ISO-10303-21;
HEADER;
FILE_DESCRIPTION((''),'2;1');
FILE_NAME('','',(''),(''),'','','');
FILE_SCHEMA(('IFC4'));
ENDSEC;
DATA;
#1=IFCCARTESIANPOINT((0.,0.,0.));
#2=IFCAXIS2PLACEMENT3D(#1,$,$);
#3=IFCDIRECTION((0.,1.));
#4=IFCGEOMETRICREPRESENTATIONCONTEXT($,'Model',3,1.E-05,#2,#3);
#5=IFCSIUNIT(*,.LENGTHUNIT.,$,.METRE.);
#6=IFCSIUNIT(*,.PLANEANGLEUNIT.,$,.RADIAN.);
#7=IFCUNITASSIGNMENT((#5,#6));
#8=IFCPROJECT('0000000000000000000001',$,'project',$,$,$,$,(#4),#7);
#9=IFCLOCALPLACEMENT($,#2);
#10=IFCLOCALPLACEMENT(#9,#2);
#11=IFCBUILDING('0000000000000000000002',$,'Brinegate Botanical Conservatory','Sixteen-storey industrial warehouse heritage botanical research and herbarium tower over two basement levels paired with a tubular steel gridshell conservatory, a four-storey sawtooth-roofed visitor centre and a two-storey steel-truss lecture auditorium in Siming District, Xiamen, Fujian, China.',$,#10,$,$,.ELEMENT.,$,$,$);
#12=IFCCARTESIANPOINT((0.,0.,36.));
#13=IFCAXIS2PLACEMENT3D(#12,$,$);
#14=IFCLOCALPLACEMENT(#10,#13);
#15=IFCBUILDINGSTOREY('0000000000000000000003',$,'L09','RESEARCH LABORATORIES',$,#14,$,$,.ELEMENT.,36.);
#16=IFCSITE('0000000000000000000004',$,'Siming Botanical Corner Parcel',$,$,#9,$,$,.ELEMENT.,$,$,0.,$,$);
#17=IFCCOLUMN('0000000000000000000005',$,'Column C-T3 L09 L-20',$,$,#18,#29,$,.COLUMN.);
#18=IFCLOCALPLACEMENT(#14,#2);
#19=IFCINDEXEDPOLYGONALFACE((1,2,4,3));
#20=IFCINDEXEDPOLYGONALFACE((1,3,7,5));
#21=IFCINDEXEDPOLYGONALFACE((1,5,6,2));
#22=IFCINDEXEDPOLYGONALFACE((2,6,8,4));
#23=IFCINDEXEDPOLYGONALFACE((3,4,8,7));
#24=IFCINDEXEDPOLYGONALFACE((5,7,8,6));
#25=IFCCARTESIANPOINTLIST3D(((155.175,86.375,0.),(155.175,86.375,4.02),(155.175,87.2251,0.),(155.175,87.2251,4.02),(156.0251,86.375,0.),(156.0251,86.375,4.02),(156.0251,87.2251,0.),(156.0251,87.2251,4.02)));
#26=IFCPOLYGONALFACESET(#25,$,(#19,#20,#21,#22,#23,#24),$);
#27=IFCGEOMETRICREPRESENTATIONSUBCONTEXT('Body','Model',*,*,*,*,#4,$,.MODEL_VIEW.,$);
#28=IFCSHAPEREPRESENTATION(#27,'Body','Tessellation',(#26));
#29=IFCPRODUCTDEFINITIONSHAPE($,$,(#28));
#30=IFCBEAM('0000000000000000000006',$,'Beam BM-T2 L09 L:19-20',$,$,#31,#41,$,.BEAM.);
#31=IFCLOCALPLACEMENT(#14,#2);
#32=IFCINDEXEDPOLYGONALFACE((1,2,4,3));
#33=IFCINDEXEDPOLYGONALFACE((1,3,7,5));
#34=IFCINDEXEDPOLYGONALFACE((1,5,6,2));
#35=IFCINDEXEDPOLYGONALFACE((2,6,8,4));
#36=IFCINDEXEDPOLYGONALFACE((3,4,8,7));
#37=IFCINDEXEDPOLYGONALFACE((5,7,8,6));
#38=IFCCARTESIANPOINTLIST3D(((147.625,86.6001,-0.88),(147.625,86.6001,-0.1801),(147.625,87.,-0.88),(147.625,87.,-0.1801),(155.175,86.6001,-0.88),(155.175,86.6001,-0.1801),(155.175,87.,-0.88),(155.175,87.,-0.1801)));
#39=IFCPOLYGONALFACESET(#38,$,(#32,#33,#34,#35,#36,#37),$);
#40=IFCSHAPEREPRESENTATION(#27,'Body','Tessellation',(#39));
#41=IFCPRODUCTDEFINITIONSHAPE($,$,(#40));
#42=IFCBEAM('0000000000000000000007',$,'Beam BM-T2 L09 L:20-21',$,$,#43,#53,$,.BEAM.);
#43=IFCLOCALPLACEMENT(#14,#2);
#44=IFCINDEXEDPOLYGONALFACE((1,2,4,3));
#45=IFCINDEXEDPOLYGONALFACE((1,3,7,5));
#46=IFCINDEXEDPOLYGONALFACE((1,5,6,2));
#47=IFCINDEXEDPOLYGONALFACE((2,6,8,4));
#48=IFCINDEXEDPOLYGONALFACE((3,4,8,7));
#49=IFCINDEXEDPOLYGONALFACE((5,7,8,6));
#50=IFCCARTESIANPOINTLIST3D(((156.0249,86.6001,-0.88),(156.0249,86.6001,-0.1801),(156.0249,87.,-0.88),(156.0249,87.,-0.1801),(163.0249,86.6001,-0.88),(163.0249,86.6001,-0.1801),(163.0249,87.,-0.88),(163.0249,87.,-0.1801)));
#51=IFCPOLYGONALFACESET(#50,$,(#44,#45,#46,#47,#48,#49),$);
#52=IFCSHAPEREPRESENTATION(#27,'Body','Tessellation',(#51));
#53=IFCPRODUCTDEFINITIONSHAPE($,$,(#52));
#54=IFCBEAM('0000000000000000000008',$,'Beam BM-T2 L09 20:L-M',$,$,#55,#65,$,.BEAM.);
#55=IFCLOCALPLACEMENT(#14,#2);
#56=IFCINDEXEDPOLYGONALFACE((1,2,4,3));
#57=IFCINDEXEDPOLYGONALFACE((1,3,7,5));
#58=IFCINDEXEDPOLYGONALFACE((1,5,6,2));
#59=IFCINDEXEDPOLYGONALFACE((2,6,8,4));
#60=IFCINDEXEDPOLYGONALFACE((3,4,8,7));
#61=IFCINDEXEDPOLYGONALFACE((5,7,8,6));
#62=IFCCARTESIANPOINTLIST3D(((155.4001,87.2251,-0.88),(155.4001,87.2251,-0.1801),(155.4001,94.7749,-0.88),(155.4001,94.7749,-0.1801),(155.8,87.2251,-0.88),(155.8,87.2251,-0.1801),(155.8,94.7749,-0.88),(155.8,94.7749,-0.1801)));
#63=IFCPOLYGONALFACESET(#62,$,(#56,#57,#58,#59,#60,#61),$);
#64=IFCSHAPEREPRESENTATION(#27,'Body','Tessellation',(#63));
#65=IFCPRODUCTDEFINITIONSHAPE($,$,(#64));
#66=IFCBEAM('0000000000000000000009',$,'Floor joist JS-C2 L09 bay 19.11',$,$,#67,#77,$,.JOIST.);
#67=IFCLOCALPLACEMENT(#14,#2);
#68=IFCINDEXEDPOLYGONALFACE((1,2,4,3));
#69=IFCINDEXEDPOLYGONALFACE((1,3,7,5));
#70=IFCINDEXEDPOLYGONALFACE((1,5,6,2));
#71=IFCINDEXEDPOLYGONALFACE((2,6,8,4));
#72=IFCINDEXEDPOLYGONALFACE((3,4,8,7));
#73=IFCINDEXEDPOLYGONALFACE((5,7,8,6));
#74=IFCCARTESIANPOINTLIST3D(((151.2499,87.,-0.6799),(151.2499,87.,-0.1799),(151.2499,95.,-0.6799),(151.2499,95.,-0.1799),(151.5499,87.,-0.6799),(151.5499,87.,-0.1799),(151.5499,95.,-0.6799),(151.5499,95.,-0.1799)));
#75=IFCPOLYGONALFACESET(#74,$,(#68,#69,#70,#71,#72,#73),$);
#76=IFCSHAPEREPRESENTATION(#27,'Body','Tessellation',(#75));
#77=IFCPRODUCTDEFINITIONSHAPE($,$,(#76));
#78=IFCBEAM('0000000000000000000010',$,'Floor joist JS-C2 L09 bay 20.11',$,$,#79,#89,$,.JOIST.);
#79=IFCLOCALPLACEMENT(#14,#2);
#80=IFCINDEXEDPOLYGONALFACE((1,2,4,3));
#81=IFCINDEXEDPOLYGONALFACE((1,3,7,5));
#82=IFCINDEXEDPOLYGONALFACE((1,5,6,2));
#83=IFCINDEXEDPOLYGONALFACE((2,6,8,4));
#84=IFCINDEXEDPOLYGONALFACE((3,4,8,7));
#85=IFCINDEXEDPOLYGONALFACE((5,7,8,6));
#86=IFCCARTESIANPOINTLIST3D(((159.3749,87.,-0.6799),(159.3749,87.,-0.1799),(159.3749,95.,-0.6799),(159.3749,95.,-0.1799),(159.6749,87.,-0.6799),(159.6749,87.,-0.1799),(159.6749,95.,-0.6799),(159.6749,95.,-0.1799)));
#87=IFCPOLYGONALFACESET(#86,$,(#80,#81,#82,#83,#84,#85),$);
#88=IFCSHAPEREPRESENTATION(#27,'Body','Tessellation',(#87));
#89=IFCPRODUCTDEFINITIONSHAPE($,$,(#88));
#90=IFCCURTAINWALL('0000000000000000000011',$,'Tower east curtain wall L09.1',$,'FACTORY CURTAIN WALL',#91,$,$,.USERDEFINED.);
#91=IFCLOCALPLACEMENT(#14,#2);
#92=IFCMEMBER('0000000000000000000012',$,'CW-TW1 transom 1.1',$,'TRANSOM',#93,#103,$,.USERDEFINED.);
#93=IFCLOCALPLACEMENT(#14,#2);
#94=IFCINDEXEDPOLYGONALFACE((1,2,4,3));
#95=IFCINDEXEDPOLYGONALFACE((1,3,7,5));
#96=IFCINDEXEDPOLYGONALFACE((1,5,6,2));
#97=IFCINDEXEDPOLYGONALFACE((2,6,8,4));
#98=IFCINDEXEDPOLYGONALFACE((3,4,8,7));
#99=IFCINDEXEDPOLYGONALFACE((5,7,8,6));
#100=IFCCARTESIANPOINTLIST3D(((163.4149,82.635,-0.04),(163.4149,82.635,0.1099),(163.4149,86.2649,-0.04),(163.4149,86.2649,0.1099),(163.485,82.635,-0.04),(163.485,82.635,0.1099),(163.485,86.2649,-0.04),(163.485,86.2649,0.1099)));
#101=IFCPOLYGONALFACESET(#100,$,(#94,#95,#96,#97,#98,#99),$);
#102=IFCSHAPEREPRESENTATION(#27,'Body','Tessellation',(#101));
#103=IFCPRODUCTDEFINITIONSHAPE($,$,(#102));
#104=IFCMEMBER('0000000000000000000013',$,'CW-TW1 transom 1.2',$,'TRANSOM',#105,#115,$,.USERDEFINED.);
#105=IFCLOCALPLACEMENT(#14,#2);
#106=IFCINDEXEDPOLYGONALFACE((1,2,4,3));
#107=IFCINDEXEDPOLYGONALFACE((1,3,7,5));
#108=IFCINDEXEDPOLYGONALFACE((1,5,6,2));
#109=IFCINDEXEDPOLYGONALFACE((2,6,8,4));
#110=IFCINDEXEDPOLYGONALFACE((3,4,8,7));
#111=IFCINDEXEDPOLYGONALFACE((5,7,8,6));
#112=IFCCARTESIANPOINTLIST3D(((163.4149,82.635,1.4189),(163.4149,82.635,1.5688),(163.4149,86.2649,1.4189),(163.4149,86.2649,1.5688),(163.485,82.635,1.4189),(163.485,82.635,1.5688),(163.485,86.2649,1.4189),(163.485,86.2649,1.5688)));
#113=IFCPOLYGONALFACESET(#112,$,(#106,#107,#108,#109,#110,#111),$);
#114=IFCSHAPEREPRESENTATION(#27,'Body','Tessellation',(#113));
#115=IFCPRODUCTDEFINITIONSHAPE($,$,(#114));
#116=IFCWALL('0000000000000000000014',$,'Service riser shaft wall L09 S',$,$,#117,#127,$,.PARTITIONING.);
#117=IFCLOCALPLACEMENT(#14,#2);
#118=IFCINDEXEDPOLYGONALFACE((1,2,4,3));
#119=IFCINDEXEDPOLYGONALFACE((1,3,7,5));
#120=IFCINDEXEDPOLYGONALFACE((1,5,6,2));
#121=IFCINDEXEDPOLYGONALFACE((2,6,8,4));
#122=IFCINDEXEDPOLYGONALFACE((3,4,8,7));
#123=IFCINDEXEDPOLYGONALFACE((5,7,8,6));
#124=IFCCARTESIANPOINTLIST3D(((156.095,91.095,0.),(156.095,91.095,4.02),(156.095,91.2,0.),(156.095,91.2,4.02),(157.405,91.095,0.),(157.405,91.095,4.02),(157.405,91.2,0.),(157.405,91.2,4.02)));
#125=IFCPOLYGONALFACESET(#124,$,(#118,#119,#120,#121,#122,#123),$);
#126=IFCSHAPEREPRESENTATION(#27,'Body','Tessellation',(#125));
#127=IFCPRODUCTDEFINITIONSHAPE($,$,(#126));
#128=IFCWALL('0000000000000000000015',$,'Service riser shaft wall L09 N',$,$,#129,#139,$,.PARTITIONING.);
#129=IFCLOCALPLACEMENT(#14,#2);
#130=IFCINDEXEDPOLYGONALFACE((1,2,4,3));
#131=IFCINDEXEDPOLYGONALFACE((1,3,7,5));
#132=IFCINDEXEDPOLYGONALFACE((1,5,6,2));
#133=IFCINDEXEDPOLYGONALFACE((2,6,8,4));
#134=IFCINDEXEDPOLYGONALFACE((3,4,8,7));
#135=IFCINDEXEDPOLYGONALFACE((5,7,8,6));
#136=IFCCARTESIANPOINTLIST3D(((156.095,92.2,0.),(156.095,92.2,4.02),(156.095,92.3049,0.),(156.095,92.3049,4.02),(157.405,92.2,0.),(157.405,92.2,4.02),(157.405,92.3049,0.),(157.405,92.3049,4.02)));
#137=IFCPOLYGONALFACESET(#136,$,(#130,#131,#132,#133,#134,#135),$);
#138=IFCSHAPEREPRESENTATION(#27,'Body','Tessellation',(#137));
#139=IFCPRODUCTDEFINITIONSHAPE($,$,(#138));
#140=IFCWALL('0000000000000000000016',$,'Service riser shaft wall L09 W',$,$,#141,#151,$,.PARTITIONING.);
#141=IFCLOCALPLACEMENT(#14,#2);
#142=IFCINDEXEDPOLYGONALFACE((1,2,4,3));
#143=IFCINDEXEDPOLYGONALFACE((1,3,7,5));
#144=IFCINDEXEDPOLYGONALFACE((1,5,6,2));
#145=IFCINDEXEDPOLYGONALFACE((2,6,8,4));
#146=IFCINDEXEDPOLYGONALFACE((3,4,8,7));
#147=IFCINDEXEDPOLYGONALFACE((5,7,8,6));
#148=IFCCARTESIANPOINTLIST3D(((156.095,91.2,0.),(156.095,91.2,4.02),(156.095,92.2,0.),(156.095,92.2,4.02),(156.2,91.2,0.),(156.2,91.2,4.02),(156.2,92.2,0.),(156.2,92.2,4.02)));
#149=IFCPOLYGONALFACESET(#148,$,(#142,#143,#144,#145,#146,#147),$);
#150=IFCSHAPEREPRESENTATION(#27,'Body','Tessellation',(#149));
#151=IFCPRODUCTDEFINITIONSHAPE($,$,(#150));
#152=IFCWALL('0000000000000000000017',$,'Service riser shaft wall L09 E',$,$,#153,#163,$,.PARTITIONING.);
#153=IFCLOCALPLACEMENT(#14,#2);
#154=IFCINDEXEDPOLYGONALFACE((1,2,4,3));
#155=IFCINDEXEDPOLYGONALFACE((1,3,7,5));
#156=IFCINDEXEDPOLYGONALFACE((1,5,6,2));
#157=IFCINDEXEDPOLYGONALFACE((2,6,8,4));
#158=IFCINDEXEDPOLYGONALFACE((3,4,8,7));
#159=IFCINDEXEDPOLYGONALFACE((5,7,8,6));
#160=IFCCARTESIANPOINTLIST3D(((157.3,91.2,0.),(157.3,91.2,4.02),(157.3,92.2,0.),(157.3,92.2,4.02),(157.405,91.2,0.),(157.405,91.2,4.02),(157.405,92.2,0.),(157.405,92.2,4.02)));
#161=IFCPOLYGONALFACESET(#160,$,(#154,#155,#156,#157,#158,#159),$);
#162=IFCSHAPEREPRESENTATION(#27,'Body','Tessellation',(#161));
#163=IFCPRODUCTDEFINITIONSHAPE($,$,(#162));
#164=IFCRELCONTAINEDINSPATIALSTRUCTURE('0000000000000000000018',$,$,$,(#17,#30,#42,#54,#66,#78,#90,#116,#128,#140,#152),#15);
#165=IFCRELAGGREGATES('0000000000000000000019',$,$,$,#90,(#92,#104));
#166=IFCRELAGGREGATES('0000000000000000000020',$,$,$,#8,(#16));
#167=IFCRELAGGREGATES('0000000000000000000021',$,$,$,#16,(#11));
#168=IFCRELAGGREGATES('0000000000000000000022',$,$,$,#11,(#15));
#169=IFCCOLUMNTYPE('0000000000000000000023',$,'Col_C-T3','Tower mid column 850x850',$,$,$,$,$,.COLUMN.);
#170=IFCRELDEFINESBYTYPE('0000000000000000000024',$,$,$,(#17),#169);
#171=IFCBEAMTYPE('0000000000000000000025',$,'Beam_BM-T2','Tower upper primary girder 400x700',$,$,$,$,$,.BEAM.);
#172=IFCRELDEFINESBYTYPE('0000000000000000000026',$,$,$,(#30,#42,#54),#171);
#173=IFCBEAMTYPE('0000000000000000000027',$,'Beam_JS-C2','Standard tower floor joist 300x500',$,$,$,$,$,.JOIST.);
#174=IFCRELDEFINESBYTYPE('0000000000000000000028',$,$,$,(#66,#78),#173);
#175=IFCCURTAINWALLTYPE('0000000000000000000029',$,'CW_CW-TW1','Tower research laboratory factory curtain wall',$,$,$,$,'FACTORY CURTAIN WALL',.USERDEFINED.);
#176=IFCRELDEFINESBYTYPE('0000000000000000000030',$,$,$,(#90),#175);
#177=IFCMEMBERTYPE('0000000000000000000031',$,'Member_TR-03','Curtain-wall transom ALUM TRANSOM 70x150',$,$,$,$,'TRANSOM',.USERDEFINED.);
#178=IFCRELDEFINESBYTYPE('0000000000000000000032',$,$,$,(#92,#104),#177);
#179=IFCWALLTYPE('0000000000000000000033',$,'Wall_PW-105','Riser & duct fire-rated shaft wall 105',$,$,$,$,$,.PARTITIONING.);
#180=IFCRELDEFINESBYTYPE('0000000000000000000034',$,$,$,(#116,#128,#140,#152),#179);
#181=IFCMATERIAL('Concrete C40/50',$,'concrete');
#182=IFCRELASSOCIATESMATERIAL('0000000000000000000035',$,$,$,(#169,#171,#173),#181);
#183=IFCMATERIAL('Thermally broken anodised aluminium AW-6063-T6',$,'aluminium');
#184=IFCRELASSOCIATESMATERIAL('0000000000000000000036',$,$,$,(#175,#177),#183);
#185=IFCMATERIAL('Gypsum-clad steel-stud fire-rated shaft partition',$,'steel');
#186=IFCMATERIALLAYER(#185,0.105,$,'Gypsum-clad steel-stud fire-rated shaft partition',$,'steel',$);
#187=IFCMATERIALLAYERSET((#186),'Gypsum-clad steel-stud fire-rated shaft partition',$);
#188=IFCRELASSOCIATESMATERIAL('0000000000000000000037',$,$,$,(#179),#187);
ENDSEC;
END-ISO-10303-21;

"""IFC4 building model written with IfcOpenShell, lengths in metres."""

from ifc_helpers import new_model, si_unit, direction, frame, frame_2d, origin, origin_2d, place, context, subcontext, project, spatial, rectangle, extrude, material, layer, layer_set, material_profile, profile_set, type_object, element, aggregate, save


model = new_model("IFC4")

# Units and contexts
model_context = context("Model", 3, precision=1e-05, world=origin(), true_north=direction((0.0, 1.0)))
body_context = subcontext(model_context, "Body", "Model", "MODEL_VIEW")
ifc_project = project(units=[si_unit("LENGTHUNIT", "METRE"), si_unit("PLANEANGLEUNIT", "RADIAN")], contexts=[model_context])

# Site, building, storey
site_placement = place(None, origin())
site = spatial("IfcSite", under=ifc_project, at=site_placement, Name="Siming Botanical Corner Parcel", CompositionType="ELEMENT", RefElevation=0.0)
building_placement = place(site_placement, origin())
building = spatial("IfcBuilding", under=site, at=building_placement, Name="Brinegate Botanical Conservatory", Description="Sixteen-storey industrial warehouse heritage botanical research and herbarium tower over two basement levels paired with a tubular steel gridshell conservatory, a four-storey sawtooth-roofed visitor centre and a two-storey steel-truss lecture auditorium in Siming District, Xiamen, Fujian, China.", CompositionType="ELEMENT")
storey_placement = place(building_placement, frame((0.0, 0.0, 36.0)))
storey = spatial("IfcBuildingStorey", under=building, at=storey_placement, Name="L09", Description="RESEARCH LABORATORIES", CompositionType="ELEMENT", Elevation=36.0)

# Column
ifc_material_1 = material(Name="Concrete C40/50", Category="concrete")
ifc_material_profile_1 = material_profile(ifc_material_1, rectangle(XDim=0.8501, YDim=0.8501, at=origin_2d()), Name="RC COL 850x850")
ifc_profile_set_1 = profile_set([ifc_material_profile_1], Name="Concrete C40/50")
column_type = type_object("IfcColumnType", Name="Col_C-T3", Description="Tower mid column 850x850", PredefinedType="COLUMN", material=ifc_profile_set_1)
column_placement = place(storey_placement, frame((155.6001, 86.8, 0.0), z_axis=(0.0, 0.0, 1.0), x_axis=(1.0, 0.0, 0.0)))
element("IfcColumn", 1, at=column_placement, inside=storey, type_object=column_type, Name="Column C-T3 L09 L-20", PredefinedType="COLUMN", context=body_context, shape_type="SweptSolid", body=[
    extrude(rectangle(XDim=0.8501, YDim=0.8501, at=origin_2d()), origin(), (0.0, 0.0, 1.0), 4.02),
])

# Beams
ifc_material_profile_2 = material_profile(ifc_material_1, rectangle(XDim=0.3999, YDim=0.7, at=origin_2d()), Name="RC BM 400x700")
ifc_profile_set_2 = profile_set([ifc_material_profile_2], Name="Concrete C40/50")
beam_type_1 = type_object("IfcBeamType", Name="Beam_BM-T2", Description="Tower upper primary girder 400x700", PredefinedType="BEAM", material=ifc_profile_set_2)
beam_1_placement = place(storey_placement, frame((147.625, 86.8, -0.53), z_axis=(1.0, 0.0, 0.0), x_axis=(0.0, 1.0, 0.0)))
element("IfcBeam", 2, at=beam_1_placement, inside=storey, type_object=beam_type_1, Name="Beam BM-T2 L09 L:19-20", PredefinedType="BEAM", context=body_context, shape_type="SweptSolid", body=[
    extrude(rectangle(XDim=0.3999, YDim=0.7, at=origin_2d()), origin(), (0.0, 0.0, 1.0), 7.55),
])
beam_2_placement = place(storey_placement, frame((156.0249, 86.8, -0.53), z_axis=(1.0, 0.0, 0.0), x_axis=(0.0, 1.0, 0.0)))
element("IfcBeam", 3, at=beam_2_placement, inside=storey, type_object=beam_type_1, Name="Beam BM-T2 L09 L:20-21", PredefinedType="BEAM", context=body_context, shape_type="SweptSolid", body=[
    extrude(rectangle(XDim=0.3999, YDim=0.7, at=origin_2d()), origin(), (0.0, 0.0, 1.0), 7.0),
])
beam_3_placement = place(storey_placement, frame((155.6001, 87.2251, -0.53), z_axis=(0.0, 1.0, 0.0), x_axis=(-1.0, 0.0, 0.0)))
element("IfcBeam", 4, at=beam_3_placement, inside=storey, type_object=beam_type_1, Name="Beam BM-T2 L09 20:L-M", PredefinedType="BEAM", context=body_context, shape_type="SweptSolid", body=[
    extrude(rectangle(XDim=0.3999, YDim=0.7, at=origin_2d()), origin(), (0.0, 0.0, 1.0), 7.5498),
])
ifc_material_profile_3 = material_profile(ifc_material_1, rectangle(XDim=0.3, YDim=0.5, at=origin_2d()), Name="RC JST 300x500")
ifc_profile_set_3 = profile_set([ifc_material_profile_3], Name="Concrete C40/50")
beam_type_2 = type_object("IfcBeamType", Name="Beam_JS-C2", Description="Standard tower floor joist 300x500", PredefinedType="JOIST", material=ifc_profile_set_3)
for number, where, z_axis, x_axis, name in (
    (5, (151.3999, 87.0, -0.4299), (0.0, 1.0, 0.0), (-1.0, 0.0, 0.0), "Floor joist JS-C2 L09 bay 19.11"),
    (6, (159.5249, 87.0, -0.4299), (0.0, 1.0, 0.0), (-1.0, 0.0, 0.0), "Floor joist JS-C2 L09 bay 20.11"),
):
    element("IfcBeam", number, at=place(storey_placement, frame(where, z_axis=z_axis, x_axis=x_axis)), inside=storey, type_object=beam_type_2, Name=name, PredefinedType="JOIST", context=body_context, shape_type="SweptSolid", body=[
        extrude(rectangle(XDim=0.3, YDim=0.5, at=origin_2d()), origin(), (0.0, 0.0, 1.0), 8.0),
    ])

# Curtain wall, members
ifc_material_2 = material(Name="Thermally broken anodised aluminium AW-6063-T6", Category="aluminium")
curtain_wall_type = type_object("IfcCurtainWallType", Name="CW_CW-TW1", Description="Tower research laboratory factory curtain wall", ElementType="FACTORY CURTAIN WALL", PredefinedType="USERDEFINED", material=ifc_material_2)
curtain_wall_placement = place(storey_placement, origin())
curtain_wall = element("IfcCurtainWall", 7, at=curtain_wall_placement, inside=storey, type_object=curtain_wall_type, Name="Tower east curtain wall L09.1", ObjectType="FACTORY CURTAIN WALL", PredefinedType="USERDEFINED")
ifc_material_profile_4 = material_profile(ifc_material_2, rectangle(XDim=0.0701, YDim=0.1499, at=origin_2d()), Name="ALUM TRANSOM 70x150")
ifc_profile_set_4 = profile_set([ifc_material_profile_4], Name="Thermally broken anodised aluminium AW-6063-T6")
member_type = type_object("IfcMemberType", Name="Member_TR-03", Description="Curtain-wall transom ALUM TRANSOM 70x150", ElementType="TRANSOM", PredefinedType="USERDEFINED", material=ifc_profile_set_4)
member_1_placement = place(storey_placement, frame((163.45, 86.2649, 0.0349), z_axis=(0.0, -1.0, 0.0), x_axis=(1.0, 0.0, 0.0)))
member_1 = element("IfcMember", 8, at=member_1_placement, type_object=member_type, Name="CW-TW1 transom 1.1", ObjectType="TRANSOM", PredefinedType="USERDEFINED", context=body_context, shape_type="SweptSolid", body=[
    extrude(rectangle(XDim=0.0701, YDim=0.1499, at=origin_2d()), origin(), (0.0, 0.0, 1.0), 3.6299),
])
member_2_placement = place(storey_placement, frame((163.45, 86.2649, 1.4939), z_axis=(0.0, -1.0, 0.0), x_axis=(1.0, 0.0, 0.0)))
member_2 = element("IfcMember", 9, at=member_2_placement, type_object=member_type, Name="CW-TW1 transom 1.2", ObjectType="TRANSOM", PredefinedType="USERDEFINED", context=body_context, shape_type="SweptSolid", body=[
    extrude(rectangle(XDim=0.0701, YDim=0.1499, at=origin_2d()), origin(), (0.0, 0.0, 1.0), 3.6299),
])
aggregate(curtain_wall, [member_1, member_2])

# Walls
ifc_material_3 = material(Name="Gypsum-clad steel-stud fire-rated shaft partition", Category="steel")
ifc_layer_1 = layer(ifc_material_3, 0.105, Name="Gypsum-clad steel-stud fire-rated shaft partition", Category="steel")
ifc_layer_set_1 = layer_set([ifc_layer_1], Name="Gypsum-clad steel-stud fire-rated shaft partition")
wall_type_1 = type_object("IfcWallType", Name="Wall_PW-105", Description="Riser & duct fire-rated shaft wall 105", PredefinedType="PARTITIONING", material=ifc_layer_set_1)
for number, where, z_axis, x_axis, name in (
    (10, (156.095, 91.1475, 0.0), (0.0, 0.0, 1.0), (1.0, 0.0, 0.0), "Service riser shaft wall L09 S"),
    (11, (156.095, 92.2524, 0.0), (0.0, 0.0, 1.0), (1.0, 0.0, 0.0), "Service riser shaft wall L09 N"),
):
    element("IfcWall", number, at=place(storey_placement, frame(where, z_axis=z_axis, x_axis=x_axis)), inside=storey, type_object=wall_type_1, Name=name, PredefinedType="PARTITIONING", context=body_context, shape_type="SweptSolid", body=[
        extrude(rectangle(XDim=1.3101, YDim=0.105, at=frame_2d((0.655, 0.0))), origin(), (0.0, 0.0, 1.0), 4.02),
    ])
for number, where, z_axis, x_axis, name in (
    (12, (156.1475, 91.2, 0.0), (0.0, 0.0, 1.0), (0.0, 1.0, 0.0), "Service riser shaft wall L09 W"),
    (13, (157.3525, 91.2, 0.0), (0.0, 0.0, 1.0), (0.0, 1.0, 0.0), "Service riser shaft wall L09 E"),
):
    element("IfcWall", number, at=place(storey_placement, frame(where, z_axis=z_axis, x_axis=x_axis)), inside=storey, type_object=wall_type_1, Name=name, PredefinedType="PARTITIONING", context=body_context, shape_type="SweptSolid", body=[
        extrude(rectangle(XDim=1.0, YDim=0.105, at=frame_2d((0.5, 0.0))), origin(), (0.0, 0.0, 1.0), 4.02),
    ])

save(model, "model.ifc")
